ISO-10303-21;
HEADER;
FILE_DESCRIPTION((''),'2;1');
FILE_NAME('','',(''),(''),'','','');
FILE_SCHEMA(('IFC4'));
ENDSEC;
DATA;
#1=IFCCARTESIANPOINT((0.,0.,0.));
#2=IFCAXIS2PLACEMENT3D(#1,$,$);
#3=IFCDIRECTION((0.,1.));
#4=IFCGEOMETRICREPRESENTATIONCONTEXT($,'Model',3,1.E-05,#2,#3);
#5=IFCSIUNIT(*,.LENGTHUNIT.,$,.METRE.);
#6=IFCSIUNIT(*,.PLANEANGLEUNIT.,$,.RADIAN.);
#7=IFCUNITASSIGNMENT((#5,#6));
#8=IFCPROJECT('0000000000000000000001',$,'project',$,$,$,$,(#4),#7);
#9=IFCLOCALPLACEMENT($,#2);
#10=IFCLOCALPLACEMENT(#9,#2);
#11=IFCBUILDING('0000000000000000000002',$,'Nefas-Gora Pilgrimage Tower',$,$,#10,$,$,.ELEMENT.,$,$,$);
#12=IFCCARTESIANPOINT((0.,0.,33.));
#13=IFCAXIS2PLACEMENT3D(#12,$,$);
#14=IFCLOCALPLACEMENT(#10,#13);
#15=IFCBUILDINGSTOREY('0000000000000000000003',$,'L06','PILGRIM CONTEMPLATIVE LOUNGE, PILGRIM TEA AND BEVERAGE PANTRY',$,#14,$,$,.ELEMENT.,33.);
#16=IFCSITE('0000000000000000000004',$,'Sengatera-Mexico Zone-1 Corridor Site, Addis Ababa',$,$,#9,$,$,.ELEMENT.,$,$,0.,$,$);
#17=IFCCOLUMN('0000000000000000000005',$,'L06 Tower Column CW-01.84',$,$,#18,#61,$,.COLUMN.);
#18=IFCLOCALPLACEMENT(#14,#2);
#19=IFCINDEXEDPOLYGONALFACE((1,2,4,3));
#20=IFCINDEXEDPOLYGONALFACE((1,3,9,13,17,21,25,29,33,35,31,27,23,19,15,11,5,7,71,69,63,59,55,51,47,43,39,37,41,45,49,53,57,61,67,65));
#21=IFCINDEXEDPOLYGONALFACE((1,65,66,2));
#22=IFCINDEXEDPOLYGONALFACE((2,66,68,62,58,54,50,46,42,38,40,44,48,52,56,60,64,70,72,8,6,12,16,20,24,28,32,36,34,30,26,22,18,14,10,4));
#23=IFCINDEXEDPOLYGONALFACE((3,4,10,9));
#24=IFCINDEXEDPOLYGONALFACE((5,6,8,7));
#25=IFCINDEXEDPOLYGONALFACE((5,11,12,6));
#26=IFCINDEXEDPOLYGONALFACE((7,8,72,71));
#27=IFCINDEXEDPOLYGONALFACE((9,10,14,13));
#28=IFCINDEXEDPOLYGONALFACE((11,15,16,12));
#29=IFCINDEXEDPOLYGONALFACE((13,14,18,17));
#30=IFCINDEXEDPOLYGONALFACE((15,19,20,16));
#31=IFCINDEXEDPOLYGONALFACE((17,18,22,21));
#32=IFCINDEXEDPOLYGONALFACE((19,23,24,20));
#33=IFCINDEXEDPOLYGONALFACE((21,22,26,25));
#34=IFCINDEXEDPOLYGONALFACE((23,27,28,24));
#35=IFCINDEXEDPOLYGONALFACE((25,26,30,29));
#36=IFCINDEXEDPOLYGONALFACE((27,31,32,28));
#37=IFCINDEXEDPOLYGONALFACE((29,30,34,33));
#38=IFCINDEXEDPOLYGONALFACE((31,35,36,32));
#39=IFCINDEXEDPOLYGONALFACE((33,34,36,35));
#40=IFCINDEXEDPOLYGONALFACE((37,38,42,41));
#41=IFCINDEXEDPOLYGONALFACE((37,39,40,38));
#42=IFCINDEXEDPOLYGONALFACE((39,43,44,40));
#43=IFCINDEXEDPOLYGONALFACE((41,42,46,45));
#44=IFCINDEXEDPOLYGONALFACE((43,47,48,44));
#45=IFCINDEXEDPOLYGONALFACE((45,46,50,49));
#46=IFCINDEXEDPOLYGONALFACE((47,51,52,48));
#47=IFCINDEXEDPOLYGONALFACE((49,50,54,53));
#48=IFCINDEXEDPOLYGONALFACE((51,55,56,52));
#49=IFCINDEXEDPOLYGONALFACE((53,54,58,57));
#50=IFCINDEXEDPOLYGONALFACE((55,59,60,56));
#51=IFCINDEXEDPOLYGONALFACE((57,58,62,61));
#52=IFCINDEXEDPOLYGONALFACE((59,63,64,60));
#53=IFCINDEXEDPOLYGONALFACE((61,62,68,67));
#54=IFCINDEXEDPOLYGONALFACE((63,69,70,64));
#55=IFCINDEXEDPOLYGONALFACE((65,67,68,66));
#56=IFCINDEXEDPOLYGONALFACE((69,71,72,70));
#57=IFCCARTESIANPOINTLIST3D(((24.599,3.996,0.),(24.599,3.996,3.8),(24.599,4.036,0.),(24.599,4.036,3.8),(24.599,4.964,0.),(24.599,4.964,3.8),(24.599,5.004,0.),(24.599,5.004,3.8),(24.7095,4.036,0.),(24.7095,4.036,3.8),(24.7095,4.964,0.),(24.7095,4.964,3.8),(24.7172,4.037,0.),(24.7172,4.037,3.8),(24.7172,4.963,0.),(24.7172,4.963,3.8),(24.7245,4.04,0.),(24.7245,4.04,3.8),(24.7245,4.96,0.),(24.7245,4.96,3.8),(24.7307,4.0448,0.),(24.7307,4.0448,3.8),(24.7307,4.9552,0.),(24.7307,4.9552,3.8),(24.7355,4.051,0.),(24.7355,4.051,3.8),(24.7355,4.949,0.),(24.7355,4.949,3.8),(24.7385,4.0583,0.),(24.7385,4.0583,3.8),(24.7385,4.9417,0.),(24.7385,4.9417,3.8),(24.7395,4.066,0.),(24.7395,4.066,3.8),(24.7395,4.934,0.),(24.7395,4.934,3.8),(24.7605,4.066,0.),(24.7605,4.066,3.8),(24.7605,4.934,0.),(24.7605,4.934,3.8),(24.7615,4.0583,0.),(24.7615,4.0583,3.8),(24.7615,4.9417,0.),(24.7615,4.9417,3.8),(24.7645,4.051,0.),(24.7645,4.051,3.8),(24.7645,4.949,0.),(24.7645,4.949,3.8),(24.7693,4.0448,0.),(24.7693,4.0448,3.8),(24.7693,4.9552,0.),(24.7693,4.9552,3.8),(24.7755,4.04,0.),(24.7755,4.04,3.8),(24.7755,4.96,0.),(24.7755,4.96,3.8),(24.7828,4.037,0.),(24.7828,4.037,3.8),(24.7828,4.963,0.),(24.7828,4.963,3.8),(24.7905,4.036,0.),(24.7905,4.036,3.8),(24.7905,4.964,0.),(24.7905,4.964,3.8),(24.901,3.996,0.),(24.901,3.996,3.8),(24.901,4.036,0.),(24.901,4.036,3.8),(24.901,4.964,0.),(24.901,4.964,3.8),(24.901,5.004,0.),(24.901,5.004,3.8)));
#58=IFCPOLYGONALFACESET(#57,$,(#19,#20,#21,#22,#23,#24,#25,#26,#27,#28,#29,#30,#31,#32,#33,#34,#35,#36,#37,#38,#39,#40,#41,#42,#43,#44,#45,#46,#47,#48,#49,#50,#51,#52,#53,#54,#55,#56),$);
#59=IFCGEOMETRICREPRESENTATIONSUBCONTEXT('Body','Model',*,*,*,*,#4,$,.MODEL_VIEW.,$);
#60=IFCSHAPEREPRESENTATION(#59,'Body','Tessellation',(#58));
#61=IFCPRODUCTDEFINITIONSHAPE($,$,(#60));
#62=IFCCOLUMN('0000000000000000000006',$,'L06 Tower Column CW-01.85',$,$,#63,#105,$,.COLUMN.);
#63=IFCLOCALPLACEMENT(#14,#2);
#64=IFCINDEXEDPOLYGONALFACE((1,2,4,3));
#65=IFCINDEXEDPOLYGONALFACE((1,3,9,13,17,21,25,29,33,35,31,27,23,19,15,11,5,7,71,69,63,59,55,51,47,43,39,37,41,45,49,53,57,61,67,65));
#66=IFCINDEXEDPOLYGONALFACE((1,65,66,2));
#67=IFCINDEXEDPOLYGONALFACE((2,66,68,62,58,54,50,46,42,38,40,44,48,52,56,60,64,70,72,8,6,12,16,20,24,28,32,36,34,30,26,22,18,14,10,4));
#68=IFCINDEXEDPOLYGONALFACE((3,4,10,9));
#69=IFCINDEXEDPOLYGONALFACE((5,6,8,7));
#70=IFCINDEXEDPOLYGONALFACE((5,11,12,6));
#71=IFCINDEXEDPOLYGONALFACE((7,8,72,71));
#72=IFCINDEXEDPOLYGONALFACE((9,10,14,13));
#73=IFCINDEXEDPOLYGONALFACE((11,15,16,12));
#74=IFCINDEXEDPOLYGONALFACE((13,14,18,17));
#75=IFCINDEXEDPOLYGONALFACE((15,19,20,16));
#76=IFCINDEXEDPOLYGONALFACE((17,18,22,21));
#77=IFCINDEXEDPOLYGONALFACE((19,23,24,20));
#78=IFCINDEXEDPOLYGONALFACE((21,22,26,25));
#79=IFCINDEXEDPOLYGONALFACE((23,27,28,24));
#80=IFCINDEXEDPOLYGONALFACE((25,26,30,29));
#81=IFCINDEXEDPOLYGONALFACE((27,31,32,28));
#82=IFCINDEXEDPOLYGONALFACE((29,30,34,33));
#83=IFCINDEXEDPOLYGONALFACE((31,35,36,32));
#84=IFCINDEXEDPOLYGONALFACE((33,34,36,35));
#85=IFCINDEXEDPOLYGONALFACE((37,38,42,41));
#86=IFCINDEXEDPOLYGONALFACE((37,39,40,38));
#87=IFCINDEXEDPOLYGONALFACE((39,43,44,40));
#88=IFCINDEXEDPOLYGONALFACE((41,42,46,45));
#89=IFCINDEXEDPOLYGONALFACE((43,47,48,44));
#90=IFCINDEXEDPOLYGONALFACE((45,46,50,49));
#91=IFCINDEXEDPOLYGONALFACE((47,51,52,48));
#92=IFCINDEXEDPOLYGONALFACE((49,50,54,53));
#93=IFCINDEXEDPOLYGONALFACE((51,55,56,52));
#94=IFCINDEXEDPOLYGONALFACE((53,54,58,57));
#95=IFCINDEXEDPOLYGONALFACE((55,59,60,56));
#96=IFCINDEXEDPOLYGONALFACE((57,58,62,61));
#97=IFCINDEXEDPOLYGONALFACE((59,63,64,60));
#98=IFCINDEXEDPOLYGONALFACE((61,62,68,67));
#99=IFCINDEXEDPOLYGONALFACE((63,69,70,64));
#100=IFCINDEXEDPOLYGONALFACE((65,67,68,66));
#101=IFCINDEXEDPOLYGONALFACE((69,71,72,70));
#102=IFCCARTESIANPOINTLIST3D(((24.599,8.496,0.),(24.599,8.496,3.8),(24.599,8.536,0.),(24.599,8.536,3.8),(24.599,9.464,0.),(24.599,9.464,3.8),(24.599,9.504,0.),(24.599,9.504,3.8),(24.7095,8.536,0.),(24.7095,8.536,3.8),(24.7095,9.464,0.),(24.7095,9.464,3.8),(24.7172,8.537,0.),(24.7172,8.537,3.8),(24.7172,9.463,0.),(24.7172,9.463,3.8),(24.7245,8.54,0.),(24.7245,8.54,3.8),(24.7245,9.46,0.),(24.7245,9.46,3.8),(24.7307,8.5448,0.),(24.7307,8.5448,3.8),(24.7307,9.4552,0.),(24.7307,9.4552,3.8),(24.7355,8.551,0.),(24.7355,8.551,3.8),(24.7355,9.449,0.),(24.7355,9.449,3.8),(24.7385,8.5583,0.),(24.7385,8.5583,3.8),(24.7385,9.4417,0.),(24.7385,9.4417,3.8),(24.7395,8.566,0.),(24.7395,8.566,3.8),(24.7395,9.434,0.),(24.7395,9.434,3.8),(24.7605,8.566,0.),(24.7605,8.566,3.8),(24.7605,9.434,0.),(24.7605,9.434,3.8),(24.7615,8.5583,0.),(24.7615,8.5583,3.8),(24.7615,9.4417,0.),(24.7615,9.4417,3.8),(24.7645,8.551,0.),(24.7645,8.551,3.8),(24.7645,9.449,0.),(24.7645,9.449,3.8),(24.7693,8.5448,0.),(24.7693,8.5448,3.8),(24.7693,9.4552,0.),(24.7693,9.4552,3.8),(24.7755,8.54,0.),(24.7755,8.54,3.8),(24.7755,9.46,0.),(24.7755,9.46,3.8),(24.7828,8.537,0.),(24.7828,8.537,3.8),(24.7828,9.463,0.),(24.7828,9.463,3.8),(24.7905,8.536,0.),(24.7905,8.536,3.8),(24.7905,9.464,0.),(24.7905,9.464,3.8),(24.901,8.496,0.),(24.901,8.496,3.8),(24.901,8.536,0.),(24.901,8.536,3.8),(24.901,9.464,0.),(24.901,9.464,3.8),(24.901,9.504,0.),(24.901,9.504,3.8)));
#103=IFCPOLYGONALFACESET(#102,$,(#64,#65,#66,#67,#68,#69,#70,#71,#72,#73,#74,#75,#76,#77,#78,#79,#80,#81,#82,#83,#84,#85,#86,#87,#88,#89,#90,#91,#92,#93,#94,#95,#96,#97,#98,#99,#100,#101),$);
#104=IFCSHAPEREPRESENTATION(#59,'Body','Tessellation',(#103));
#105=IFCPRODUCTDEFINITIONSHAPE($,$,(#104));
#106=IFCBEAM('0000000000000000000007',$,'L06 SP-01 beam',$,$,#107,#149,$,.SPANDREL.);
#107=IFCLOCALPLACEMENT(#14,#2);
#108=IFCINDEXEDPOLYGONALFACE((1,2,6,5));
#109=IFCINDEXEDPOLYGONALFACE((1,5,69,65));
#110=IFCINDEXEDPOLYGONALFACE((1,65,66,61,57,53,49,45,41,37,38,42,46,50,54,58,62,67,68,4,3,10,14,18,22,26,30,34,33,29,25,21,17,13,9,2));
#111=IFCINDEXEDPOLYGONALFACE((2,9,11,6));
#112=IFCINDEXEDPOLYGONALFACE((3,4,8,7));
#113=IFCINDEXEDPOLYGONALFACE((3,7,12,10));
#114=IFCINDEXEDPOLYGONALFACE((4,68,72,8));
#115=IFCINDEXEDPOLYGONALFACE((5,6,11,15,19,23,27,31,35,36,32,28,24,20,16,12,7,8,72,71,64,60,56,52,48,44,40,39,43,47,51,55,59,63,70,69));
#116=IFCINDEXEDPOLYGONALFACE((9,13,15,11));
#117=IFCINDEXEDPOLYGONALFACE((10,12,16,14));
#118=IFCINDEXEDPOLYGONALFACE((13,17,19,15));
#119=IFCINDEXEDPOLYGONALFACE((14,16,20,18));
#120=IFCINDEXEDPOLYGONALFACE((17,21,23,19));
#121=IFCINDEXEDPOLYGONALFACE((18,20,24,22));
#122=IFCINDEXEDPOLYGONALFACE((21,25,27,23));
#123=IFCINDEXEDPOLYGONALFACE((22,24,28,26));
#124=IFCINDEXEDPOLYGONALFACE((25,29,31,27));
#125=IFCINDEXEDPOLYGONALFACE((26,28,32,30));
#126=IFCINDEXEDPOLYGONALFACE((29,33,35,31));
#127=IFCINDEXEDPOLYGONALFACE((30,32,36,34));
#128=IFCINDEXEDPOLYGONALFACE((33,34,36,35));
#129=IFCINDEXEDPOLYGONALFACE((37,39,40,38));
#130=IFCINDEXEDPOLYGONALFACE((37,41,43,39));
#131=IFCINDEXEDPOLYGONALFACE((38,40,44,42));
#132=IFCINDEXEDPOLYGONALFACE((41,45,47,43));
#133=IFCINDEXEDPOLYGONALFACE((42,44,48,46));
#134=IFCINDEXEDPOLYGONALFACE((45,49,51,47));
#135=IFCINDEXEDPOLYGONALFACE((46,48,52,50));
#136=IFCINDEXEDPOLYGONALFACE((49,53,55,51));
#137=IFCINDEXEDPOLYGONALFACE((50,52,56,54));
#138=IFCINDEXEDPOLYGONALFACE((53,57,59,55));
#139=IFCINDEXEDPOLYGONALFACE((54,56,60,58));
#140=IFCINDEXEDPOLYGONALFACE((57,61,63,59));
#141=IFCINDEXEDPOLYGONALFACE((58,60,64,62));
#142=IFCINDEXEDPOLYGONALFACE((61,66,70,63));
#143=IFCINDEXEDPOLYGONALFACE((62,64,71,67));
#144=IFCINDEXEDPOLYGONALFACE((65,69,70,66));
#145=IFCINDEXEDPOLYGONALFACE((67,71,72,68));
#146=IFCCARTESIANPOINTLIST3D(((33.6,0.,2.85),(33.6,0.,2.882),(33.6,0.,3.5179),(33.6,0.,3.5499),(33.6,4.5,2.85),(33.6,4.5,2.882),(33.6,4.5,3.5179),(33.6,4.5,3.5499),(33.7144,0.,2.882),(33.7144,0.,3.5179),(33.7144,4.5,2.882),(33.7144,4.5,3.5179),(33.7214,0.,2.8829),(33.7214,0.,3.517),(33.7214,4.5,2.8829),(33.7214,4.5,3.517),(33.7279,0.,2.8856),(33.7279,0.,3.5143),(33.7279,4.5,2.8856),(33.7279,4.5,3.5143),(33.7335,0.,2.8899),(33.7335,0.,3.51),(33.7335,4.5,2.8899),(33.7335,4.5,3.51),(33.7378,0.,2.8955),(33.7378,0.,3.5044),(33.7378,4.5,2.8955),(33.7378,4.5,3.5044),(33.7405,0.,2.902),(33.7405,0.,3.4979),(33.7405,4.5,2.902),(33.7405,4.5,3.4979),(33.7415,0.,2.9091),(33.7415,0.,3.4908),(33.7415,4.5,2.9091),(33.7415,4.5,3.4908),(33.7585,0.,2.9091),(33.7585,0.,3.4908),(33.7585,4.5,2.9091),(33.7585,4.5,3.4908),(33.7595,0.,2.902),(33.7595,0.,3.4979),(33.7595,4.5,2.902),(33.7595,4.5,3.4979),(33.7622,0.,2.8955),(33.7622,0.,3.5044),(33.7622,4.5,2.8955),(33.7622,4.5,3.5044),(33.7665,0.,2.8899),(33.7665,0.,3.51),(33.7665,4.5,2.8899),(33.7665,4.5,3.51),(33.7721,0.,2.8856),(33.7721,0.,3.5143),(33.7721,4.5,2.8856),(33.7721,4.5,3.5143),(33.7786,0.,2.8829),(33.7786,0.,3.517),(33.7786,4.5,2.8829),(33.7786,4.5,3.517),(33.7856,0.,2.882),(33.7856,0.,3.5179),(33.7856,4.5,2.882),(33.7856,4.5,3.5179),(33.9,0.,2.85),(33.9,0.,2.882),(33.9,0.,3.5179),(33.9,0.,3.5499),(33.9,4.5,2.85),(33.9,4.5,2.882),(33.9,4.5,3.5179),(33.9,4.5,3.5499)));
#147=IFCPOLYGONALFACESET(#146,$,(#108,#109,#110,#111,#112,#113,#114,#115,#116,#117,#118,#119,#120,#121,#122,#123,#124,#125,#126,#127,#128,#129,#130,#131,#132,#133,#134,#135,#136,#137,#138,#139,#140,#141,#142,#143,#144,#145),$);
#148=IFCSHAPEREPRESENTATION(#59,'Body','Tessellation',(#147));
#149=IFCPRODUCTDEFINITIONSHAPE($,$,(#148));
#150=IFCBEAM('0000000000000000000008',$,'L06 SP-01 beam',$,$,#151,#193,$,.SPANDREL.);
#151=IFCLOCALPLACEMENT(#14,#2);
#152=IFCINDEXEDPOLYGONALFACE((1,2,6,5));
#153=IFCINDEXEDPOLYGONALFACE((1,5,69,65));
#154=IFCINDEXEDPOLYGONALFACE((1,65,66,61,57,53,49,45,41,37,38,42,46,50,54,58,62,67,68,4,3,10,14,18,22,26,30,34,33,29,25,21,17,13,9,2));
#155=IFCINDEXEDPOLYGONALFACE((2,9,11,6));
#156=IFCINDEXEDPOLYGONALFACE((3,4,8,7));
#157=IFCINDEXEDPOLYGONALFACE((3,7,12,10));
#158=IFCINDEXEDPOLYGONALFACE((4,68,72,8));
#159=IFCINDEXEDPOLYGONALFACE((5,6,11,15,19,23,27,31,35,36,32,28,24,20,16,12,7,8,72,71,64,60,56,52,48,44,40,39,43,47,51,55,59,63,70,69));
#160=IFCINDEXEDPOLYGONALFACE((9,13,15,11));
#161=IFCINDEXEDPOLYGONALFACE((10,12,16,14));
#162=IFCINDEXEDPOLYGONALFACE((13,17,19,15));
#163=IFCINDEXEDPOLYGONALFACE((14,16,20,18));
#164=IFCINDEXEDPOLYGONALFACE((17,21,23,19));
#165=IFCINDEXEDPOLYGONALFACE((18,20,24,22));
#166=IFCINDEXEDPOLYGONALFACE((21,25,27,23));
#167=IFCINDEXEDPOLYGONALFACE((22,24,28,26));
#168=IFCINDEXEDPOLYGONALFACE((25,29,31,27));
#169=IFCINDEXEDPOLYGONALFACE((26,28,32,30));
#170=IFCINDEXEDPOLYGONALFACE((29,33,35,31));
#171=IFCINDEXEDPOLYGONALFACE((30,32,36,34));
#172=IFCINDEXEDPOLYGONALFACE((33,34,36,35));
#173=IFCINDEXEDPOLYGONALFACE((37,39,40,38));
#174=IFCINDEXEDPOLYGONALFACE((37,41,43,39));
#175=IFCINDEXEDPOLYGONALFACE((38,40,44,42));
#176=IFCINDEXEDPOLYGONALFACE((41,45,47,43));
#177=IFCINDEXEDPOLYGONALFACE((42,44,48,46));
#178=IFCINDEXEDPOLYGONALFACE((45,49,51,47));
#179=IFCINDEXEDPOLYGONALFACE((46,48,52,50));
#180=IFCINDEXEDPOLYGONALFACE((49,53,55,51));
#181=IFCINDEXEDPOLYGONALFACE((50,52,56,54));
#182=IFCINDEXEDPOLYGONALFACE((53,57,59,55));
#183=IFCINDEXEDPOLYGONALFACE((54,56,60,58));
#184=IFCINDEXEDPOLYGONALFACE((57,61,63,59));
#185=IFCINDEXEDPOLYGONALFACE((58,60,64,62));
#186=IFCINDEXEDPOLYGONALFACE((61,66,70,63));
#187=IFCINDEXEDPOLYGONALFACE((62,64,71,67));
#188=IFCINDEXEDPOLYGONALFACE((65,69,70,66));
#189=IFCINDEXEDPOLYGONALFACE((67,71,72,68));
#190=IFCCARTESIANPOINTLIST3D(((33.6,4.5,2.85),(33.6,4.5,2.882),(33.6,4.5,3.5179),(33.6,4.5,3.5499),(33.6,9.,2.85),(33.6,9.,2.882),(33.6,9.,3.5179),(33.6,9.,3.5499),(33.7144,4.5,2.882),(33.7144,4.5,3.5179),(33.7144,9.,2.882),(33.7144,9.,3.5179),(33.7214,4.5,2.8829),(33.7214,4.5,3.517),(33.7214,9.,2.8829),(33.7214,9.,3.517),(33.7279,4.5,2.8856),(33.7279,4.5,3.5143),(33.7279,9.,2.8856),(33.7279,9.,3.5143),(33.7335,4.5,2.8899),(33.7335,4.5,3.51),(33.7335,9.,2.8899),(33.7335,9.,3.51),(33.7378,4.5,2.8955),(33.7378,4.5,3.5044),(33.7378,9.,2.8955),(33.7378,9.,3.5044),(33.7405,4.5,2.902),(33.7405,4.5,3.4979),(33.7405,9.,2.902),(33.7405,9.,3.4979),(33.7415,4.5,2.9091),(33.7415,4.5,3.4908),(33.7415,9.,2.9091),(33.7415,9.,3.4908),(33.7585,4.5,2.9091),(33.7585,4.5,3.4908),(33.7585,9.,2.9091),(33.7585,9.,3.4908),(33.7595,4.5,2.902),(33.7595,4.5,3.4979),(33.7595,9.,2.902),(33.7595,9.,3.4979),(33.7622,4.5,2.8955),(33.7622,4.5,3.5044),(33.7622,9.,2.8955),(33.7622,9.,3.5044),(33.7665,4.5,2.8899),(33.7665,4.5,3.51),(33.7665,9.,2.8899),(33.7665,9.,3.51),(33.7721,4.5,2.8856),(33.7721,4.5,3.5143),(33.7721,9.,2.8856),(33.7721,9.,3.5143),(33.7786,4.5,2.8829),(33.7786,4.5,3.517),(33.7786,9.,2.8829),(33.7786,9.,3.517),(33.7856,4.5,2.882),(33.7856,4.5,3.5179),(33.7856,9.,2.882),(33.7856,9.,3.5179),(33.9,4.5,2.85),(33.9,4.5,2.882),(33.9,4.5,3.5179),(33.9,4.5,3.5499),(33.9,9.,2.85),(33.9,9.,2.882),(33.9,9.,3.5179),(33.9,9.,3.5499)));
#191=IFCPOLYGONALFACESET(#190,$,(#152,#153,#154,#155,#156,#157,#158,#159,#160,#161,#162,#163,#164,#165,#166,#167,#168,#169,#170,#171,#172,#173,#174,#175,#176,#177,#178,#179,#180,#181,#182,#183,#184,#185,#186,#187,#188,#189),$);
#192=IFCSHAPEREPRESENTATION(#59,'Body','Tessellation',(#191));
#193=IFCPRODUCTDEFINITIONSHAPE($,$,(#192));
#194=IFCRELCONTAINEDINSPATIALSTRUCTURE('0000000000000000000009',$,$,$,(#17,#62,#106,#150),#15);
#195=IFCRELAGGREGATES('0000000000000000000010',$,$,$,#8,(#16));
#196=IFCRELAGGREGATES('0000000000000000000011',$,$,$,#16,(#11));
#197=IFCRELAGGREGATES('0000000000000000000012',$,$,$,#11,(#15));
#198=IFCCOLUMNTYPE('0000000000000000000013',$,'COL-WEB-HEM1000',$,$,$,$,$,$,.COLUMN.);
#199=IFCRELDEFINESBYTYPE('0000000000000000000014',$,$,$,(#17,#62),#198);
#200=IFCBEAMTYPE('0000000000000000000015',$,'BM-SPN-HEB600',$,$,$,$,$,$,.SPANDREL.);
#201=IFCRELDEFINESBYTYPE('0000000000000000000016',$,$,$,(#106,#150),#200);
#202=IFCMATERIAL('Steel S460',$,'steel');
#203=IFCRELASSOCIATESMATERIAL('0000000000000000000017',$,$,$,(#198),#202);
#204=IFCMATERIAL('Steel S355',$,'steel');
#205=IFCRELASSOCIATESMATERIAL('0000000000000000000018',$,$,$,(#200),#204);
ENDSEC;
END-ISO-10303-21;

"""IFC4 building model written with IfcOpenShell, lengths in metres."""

from ifc_helpers import new_model, si_unit, direction, frame, origin, origin_2d, place, context, subcontext, project, spatial, i_section, extrude, source, transform, mapped, material, material_profile, profile_set, type_object, element, save


model = new_model("IFC4")

# Units and contexts
model_context = context("Model", 3, precision=1e-05, world=origin(), true_north=direction((0.0, 1.0)))
body_context = subcontext(model_context, "Body", "Model", "MODEL_VIEW")
ifc_project = project(units=[si_unit("LENGTHUNIT", "METRE"), si_unit("PLANEANGLEUNIT", "RADIAN")], contexts=[model_context])

# Site, building, storey
site_placement = place(None, origin())
site = spatial("IfcSite", under=ifc_project, at=site_placement, Name="Sengatera-Mexico Zone-1 Corridor Site, Addis Ababa", CompositionType="ELEMENT", RefElevation=0.0)
building_placement = place(site_placement, origin())
building = spatial("IfcBuilding", under=site, at=building_placement, Name="Nefas-Gora Pilgrimage Tower", CompositionType="ELEMENT")
storey_placement = place(building_placement, frame((0.0, 0.0, 33.0)))
storey = spatial("IfcBuildingStorey", under=building, at=storey_placement, Name="L06", Description="PILGRIM CONTEMPLATIVE LOUNGE, PILGRIM TEA AND BEVERAGE PANTRY", CompositionType="ELEMENT", Elevation=33.0)

# Columns
ifc_material_1 = material(Name="Steel S460", Category="steel")
ifc_material_profile_1 = material_profile(ifc_material_1, i_section(OverallWidth=0.302, OverallDepth=1.0081, WebThickness=0.021, FlangeThickness=0.04, FilletRadius=0.03, at=origin_2d()), Name="HEM 1000")
ifc_profile_set_1 = profile_set([ifc_material_profile_1], Name="Steel S460")
column_type_1 = type_object("IfcColumnType", Name="COL-WEB-HEM1000", PredefinedType="COLUMN", material=ifc_profile_set_1)
shared_shape_1 = source(origin(), body_context, "Body", "SweptSolid", [
    extrude(i_section(OverallWidth=0.302, OverallDepth=1.0081, WebThickness=0.021, FlangeThickness=0.04, FilletRadius=0.03, at=origin_2d()), origin(), (0.0, 0.0, 1.0), 3.8),
])
for number, where, z_axis, x_axis, name in (
    (1, (24.75, 4.5, 0.0), (0.0, 0.0, 1.0), (1.0, 0.0, 0.0), "L06 Tower Column CW-01.84"),
    (2, (24.75, 9.0, 0.0), (0.0, 0.0, 1.0), (1.0, 0.0, 0.0), "L06 Tower Column CW-01.85"),
):
    element("IfcColumn", number, at=place(storey_placement, frame(where, z_axis=z_axis, x_axis=x_axis)), inside=storey, type_object=column_type_1, Name=name, PredefinedType="COLUMN", context=body_context, shape_type="MappedRepresentation", body=[
        mapped(shared_shape_1, transform((0.0, 0.0, 0.0), x_axis=(1.0, 0.0, 0.0), y_axis=(0.0, 1.0, 0.0), z_axis=(0.0, 0.0, 1.0), scale=1.0)),
    ])

# Beams
ifc_material_2 = material(Name="Steel S355", Category="steel")
ifc_material_profile_2 = material_profile(ifc_material_2, i_section(OverallWidth=0.3, OverallDepth=0.7, WebThickness=0.0171, FlangeThickness=0.032, FilletRadius=0.0271, at=origin_2d()), Name="HEB 700")
ifc_profile_set_2 = profile_set([ifc_material_profile_2], Name="Steel S355")
beam_type_1 = type_object("IfcBeamType", Name="BM-SPN-HEB600", PredefinedType="SPANDREL", material=ifc_profile_set_2)
shared_shape_2 = source(origin(), body_context, "Body", "SweptSolid", [
    extrude(i_section(OverallWidth=0.3, OverallDepth=0.7, WebThickness=0.0171, FlangeThickness=0.032, FilletRadius=0.0271, at=origin_2d()), origin(), (0.0, 0.0, 1.0), 4.5),
])
for number, where, z_axis, x_axis, name in (
    (3, (33.75, 0.0, 3.2), (0.0, 1.0, 0.0), (-1.0, 0.0, 0.0), "L06 SP-01 beam"),
    (4, (33.75, 4.5, 3.2), (0.0, 1.0, 0.0), (-1.0, 0.0, 0.0), "L06 SP-01 beam"),
):
    element("IfcBeam", number, at=place(storey_placement, frame(where, z_axis=z_axis, x_axis=x_axis)), inside=storey, type_object=beam_type_1, Name=name, PredefinedType="SPANDREL", context=body_context, shape_type="MappedRepresentation", body=[
        mapped(shared_shape_2, transform((0.0, 0.0, 0.0), x_axis=(1.0, 0.0, 0.0), y_axis=(0.0, 1.0, 0.0), z_axis=(0.0, 0.0, 1.0), scale=1.0)),
    ])

save(model, "model.ifc")
